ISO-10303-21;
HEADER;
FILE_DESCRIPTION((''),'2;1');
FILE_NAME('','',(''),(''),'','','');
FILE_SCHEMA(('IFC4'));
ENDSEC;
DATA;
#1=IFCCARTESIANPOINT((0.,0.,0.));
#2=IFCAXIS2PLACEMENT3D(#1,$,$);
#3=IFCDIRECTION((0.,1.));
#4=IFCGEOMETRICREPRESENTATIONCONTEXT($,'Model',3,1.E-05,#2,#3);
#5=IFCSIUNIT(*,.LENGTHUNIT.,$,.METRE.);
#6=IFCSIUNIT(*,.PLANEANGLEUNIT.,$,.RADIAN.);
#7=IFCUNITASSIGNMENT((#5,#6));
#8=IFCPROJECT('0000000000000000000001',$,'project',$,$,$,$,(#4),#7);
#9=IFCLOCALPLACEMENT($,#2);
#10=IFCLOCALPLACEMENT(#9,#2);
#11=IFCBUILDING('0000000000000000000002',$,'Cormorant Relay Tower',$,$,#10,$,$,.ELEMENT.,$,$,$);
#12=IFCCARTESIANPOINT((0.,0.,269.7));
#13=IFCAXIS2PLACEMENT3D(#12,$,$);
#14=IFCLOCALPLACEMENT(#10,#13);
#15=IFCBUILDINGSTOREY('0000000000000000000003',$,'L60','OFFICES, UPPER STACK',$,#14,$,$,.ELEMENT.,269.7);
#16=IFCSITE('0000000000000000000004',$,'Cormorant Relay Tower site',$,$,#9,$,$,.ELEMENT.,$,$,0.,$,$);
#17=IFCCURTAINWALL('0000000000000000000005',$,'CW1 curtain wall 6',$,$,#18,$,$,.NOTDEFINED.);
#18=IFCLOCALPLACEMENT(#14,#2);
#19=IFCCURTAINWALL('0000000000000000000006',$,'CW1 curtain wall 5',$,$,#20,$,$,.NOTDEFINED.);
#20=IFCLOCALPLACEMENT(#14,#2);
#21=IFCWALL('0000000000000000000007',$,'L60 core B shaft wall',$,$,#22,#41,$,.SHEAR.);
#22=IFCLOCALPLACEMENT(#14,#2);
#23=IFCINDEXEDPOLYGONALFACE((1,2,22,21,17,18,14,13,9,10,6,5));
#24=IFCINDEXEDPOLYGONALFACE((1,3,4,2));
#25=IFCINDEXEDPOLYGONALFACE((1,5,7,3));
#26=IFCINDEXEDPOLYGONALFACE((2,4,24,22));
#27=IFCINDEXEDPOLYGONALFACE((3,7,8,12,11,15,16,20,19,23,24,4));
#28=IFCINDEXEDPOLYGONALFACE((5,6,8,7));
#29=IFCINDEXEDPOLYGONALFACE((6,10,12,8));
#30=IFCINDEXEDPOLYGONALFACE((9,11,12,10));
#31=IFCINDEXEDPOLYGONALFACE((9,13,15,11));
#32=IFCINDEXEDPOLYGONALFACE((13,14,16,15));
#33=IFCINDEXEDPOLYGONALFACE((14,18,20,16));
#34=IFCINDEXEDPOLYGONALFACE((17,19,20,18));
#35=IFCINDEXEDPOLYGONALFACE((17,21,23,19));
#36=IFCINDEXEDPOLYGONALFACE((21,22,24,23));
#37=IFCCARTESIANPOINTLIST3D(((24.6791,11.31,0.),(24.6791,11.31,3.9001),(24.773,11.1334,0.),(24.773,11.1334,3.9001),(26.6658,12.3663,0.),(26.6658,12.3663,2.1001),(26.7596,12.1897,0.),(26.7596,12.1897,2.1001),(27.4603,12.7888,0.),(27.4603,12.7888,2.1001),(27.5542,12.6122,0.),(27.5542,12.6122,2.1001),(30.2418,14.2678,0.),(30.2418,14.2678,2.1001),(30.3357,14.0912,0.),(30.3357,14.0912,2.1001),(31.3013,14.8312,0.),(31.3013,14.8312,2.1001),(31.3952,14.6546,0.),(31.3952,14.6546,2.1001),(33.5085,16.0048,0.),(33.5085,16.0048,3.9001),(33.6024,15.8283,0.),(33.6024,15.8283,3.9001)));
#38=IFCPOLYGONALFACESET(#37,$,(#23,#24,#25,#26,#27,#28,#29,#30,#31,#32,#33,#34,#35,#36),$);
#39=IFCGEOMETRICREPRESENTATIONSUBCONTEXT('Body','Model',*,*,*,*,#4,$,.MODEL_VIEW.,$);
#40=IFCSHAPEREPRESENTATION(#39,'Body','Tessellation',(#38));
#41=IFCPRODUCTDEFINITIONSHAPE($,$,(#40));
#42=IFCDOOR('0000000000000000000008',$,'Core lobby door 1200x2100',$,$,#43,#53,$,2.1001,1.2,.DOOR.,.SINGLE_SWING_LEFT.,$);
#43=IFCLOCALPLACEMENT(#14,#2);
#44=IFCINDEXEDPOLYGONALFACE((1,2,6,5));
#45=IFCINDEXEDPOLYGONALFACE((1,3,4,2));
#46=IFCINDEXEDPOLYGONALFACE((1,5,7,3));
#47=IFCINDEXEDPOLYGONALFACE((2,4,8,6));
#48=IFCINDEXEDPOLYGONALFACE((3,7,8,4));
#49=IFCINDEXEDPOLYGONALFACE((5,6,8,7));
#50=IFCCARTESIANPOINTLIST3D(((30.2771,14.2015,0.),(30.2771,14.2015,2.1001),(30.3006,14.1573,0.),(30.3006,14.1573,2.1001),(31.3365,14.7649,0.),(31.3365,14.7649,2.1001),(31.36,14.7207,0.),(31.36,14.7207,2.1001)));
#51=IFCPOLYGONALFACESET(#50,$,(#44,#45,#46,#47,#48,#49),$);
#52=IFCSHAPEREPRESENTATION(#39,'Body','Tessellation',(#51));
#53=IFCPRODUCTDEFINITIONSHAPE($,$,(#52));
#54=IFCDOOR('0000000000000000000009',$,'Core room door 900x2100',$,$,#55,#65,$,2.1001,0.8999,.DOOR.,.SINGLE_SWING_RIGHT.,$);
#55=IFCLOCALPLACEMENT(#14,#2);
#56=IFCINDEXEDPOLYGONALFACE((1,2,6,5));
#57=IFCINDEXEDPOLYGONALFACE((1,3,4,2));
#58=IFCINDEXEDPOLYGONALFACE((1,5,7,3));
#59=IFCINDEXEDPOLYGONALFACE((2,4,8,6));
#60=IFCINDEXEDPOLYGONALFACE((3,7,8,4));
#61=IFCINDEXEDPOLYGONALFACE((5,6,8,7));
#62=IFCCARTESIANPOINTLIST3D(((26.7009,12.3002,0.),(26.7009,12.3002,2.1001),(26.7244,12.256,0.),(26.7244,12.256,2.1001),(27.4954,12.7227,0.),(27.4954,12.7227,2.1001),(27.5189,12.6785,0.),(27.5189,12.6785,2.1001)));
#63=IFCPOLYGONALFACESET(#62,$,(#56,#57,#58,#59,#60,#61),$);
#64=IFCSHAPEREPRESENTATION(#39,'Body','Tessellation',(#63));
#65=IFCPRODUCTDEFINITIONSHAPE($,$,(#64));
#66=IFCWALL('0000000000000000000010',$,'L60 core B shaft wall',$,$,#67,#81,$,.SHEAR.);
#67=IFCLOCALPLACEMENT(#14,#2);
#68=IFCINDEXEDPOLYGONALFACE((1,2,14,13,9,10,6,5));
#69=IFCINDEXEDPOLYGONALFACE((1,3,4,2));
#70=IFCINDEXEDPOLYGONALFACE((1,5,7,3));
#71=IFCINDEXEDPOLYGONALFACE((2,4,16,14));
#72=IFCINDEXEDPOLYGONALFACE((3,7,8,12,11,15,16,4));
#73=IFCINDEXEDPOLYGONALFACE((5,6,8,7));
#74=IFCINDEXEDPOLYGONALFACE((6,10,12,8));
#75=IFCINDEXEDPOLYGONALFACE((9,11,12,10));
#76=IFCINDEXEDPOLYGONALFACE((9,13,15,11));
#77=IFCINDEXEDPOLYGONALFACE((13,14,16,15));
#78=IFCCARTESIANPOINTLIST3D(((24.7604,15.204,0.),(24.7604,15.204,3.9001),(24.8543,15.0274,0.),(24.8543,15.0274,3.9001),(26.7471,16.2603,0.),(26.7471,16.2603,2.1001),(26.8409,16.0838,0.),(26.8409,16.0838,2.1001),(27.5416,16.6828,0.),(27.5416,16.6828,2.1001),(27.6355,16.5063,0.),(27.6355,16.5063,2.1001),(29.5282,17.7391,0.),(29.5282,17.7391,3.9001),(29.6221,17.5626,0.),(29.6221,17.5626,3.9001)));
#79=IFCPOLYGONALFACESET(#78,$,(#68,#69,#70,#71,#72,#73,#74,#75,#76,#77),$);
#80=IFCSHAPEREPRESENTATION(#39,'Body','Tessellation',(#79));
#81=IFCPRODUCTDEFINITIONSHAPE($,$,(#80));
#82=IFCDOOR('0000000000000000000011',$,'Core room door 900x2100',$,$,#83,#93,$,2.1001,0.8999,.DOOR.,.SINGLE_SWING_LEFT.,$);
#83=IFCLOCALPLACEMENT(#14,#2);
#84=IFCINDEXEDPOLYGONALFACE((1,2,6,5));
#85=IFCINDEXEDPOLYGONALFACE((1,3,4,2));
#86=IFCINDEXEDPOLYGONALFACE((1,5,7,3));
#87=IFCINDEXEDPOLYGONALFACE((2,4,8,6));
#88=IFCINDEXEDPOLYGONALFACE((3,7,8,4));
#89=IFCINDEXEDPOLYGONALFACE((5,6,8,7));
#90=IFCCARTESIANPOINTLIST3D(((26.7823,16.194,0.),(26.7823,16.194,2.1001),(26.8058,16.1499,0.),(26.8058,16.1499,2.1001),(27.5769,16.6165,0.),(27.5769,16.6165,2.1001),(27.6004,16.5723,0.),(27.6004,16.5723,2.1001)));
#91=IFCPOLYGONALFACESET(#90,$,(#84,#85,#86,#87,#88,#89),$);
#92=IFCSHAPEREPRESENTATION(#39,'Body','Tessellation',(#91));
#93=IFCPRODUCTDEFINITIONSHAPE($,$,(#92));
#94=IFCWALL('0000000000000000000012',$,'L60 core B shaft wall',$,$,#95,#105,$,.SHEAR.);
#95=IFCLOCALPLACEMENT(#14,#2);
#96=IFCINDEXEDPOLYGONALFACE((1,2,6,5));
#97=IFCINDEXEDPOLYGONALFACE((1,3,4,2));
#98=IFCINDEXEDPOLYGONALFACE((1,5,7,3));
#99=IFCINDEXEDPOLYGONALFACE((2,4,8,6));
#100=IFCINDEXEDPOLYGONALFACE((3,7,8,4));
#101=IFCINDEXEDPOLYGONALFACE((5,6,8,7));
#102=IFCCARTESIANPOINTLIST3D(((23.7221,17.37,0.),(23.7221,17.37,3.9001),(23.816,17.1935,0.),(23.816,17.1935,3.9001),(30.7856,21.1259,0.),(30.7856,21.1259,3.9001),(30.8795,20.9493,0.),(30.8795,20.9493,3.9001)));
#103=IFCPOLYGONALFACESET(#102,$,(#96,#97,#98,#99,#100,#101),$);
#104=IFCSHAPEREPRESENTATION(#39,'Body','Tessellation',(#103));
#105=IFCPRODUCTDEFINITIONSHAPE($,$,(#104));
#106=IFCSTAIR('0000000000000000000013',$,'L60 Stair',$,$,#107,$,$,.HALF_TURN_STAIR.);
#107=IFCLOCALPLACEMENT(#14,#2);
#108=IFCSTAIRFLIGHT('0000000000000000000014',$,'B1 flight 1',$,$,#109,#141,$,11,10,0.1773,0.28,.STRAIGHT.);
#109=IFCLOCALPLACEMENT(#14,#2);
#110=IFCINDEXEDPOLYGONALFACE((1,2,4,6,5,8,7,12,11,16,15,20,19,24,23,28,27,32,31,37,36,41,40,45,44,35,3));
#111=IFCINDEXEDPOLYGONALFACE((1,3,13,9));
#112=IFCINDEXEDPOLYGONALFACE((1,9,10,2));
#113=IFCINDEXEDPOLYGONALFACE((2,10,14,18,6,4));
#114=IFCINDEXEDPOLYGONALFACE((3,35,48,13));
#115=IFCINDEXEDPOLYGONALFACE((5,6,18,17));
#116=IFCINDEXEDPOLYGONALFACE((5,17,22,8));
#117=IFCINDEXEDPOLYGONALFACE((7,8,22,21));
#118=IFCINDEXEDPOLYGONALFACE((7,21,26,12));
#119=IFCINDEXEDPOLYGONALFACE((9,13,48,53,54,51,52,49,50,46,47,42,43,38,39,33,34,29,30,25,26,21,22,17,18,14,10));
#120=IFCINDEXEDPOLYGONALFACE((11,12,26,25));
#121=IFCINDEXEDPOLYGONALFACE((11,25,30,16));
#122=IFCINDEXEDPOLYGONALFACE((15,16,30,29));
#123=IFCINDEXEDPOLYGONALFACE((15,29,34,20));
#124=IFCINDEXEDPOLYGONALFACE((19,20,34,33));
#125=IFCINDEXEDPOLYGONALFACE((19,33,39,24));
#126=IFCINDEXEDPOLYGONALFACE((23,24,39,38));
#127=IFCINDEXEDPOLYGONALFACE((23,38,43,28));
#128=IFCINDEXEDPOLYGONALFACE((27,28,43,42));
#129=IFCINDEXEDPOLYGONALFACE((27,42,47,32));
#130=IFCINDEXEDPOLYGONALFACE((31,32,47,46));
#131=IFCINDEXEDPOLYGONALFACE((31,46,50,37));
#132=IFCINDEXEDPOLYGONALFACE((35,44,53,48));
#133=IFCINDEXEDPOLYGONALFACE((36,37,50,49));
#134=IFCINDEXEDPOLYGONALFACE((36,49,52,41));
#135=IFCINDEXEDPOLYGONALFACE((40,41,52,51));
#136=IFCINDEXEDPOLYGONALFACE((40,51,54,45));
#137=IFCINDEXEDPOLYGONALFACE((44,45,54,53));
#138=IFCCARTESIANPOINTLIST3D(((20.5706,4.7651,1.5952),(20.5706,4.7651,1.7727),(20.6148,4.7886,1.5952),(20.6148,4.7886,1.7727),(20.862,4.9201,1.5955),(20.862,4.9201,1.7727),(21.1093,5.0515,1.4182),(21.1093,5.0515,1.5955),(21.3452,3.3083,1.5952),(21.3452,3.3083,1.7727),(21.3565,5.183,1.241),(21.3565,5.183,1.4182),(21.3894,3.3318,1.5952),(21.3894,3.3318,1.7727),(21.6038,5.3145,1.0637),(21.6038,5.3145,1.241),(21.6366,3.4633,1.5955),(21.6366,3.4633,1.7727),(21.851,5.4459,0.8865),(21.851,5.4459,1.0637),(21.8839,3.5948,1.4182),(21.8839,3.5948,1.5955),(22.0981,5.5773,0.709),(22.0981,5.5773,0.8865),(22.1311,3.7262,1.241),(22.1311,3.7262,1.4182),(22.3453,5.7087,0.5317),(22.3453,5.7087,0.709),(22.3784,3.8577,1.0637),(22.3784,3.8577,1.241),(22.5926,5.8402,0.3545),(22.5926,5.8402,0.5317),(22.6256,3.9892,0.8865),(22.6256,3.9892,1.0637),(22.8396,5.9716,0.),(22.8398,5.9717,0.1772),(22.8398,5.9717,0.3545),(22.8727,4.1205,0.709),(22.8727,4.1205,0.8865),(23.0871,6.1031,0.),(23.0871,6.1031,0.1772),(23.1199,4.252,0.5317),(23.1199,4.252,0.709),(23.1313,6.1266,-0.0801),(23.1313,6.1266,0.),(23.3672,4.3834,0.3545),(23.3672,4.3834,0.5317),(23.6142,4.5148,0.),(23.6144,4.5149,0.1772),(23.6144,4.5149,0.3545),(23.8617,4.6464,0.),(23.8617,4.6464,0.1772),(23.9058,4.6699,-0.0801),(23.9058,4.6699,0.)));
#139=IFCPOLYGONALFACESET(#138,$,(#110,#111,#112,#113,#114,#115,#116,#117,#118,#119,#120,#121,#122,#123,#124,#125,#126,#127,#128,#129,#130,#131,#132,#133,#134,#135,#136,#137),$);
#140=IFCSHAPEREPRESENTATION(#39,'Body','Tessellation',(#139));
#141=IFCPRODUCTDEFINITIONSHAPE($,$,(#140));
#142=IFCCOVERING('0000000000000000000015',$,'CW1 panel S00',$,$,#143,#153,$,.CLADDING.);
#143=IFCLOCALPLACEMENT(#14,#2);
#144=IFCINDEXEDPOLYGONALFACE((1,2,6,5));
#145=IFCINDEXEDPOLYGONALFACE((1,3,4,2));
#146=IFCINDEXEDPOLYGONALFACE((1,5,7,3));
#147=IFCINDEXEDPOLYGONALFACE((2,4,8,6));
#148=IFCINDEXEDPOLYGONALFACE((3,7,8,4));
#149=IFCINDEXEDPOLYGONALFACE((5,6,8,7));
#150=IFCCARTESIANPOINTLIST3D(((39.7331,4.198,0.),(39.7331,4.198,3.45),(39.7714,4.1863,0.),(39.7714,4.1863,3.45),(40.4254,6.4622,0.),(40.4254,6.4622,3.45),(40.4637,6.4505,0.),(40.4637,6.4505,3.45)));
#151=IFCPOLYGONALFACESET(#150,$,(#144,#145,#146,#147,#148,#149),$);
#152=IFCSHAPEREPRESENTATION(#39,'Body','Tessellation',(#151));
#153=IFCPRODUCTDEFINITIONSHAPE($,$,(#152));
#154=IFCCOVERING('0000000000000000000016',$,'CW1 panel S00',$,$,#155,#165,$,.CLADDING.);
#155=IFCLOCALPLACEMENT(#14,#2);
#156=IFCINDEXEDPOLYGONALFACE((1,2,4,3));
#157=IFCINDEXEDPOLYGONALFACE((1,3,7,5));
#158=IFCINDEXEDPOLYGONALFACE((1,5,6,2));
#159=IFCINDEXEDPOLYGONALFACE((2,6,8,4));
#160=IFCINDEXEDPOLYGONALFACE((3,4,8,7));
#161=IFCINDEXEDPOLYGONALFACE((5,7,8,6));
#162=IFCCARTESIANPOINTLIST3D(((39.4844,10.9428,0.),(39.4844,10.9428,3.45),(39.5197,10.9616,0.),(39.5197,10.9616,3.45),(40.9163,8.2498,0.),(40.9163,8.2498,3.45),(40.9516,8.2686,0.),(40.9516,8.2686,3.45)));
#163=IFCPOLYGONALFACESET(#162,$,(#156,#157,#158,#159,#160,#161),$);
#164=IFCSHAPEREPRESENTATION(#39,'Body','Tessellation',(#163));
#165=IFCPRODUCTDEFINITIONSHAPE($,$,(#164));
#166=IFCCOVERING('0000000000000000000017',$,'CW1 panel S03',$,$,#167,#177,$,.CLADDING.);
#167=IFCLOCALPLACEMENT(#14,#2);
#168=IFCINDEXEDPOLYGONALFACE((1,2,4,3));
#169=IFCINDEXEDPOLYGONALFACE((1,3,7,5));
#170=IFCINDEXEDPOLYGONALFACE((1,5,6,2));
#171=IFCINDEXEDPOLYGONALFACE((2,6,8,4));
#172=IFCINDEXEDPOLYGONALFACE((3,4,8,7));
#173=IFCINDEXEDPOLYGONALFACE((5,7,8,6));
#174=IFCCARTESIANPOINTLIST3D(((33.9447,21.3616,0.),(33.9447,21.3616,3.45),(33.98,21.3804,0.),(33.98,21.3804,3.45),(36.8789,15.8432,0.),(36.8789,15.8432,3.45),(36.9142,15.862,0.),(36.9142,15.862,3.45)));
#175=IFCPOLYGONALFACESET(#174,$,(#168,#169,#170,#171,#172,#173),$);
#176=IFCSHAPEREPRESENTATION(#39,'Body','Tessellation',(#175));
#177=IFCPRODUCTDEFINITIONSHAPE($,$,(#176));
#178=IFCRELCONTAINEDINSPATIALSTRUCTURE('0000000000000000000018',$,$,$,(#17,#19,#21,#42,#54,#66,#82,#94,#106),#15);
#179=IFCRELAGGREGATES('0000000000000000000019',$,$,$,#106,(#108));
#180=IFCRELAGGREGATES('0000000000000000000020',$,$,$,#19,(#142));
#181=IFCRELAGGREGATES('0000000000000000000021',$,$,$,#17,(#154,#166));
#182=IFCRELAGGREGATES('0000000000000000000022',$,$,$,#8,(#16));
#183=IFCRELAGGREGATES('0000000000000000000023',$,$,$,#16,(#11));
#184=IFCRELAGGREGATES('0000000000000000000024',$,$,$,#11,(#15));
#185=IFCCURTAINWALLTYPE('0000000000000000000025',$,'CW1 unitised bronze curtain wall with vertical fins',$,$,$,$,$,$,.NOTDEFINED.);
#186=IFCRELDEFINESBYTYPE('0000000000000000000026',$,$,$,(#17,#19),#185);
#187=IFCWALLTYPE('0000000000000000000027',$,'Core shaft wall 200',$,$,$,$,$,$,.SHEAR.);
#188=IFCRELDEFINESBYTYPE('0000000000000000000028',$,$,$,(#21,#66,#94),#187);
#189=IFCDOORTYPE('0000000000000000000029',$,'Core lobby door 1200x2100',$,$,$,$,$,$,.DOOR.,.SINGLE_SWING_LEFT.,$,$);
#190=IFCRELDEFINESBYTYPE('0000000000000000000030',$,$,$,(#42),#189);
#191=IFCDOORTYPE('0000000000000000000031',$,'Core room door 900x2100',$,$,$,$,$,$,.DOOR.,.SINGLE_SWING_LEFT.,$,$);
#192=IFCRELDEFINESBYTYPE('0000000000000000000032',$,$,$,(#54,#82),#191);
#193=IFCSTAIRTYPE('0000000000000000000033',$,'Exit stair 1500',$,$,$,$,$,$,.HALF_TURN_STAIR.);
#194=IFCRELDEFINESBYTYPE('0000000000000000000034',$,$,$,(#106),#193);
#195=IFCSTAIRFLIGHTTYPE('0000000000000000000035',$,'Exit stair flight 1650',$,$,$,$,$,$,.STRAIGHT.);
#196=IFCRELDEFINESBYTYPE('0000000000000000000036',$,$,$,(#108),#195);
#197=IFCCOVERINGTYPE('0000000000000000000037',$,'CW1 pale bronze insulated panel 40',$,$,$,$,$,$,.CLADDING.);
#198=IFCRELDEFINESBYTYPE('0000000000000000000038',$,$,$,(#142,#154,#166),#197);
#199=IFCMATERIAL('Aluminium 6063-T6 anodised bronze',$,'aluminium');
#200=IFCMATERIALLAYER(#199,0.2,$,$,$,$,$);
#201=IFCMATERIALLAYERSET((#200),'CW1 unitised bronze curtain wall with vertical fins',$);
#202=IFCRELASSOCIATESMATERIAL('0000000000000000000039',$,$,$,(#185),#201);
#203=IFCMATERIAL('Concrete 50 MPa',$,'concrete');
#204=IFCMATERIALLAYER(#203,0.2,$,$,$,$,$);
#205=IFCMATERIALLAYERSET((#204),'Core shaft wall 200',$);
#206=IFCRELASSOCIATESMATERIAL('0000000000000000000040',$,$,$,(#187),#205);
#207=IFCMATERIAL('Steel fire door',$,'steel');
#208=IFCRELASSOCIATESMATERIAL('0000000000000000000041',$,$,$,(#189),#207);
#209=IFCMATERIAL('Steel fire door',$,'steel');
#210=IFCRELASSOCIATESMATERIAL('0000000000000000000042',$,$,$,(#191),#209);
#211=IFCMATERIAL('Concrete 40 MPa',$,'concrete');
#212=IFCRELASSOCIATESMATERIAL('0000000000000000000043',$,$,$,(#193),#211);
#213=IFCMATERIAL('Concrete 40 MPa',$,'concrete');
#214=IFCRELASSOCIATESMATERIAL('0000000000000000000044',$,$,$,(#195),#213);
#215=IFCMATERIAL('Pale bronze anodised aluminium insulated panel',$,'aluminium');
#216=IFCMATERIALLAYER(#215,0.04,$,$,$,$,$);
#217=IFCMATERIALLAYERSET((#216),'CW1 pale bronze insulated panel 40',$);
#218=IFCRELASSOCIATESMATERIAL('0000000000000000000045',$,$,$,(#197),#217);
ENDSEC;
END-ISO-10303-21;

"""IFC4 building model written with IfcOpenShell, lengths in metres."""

from ifc_helpers import new_model, si_unit, direction, frame, frame_2d, origin, origin_2d, place, context, subcontext, project, spatial, polyline, rectangle, outline, extrude, material, layer, layer_set, type_object, element, fill, aggregate, save


model = new_model("IFC4")

# Units and contexts
model_context = context("Model", 3, precision=1e-05, world=origin(), true_north=direction((0.0, 1.0)))
body_context = subcontext(model_context, "Body", "Model", "MODEL_VIEW")
ifc_project = project(units=[si_unit("LENGTHUNIT", "METRE"), si_unit("PLANEANGLEUNIT", "RADIAN")], contexts=[model_context])

# Site, building, storey
site_placement = place(None, origin())
site = spatial("IfcSite", under=ifc_project, at=site_placement, Name="Cormorant Relay Tower site", CompositionType="ELEMENT", RefElevation=0.0)
building_placement = place(site_placement, origin())
building = spatial("IfcBuilding", under=site, at=building_placement, Name="Cormorant Relay Tower", CompositionType="ELEMENT")
storey_placement = place(building_placement, frame((0.0, 0.0, 269.7)))
storey = spatial("IfcBuildingStorey", under=building, at=storey_placement, Name="L60", Description="OFFICES, UPPER STACK", CompositionType="ELEMENT", Elevation=269.7)

# Curtain wall
ifc_material_1 = material(Name="Aluminium 6063-T6 anodised bronze", Category="aluminium")
ifc_layer_1 = layer(ifc_material_1, 0.2)
ifc_layer_set_1 = layer_set([ifc_layer_1], Name="CW1 unitised bronze curtain wall with vertical fins")
curtain_wall_type = type_object("IfcCurtainWallType", Name="CW1 unitised bronze curtain wall with vertical fins", PredefinedType="NOTDEFINED", material=ifc_layer_set_1)
curtain_wall_1_placement = place(storey_placement, origin())
curtain_wall_1 = element("IfcCurtainWall", 1, at=curtain_wall_1_placement, inside=storey, type_object=curtain_wall_type, Name="CW1 curtain wall 6", PredefinedType="NOTDEFINED")

# Curtain wall
curtain_wall_2_placement = place(storey_placement, origin())
curtain_wall_2 = element("IfcCurtainWall", 2, at=curtain_wall_2_placement, inside=storey, type_object=curtain_wall_type, Name="CW1 curtain wall 5", PredefinedType="NOTDEFINED")

# Shared definitions
ifc_material_2 = material(Name="Concrete 50 MPa", Category="concrete")
ifc_layer_2 = layer(ifc_material_2, 0.2)
ifc_layer_set_2 = layer_set([ifc_layer_2], Name="Core shaft wall 200")
wall_type_1 = type_object("IfcWallType", Name="Core shaft wall 200", PredefinedType="SHEAR", material=ifc_layer_set_2)

# Wall, openings, doors
wall_1_placement = place(storey_placement, frame((24.7261, 11.2217, 0.0), z_axis=(0.0, 0.0, 1.0), x_axis=(0.88294, 0.469485, 0.0)))
wall_1 = element("IfcWall", 3, at=wall_1_placement, inside=storey, type_object=wall_type_1, Name="L60 core B shaft wall", PredefinedType="SHEAR", context=body_context, shape_type="SweptSolid", body=[
    extrude(rectangle(XDim=10.0, YDim=0.2, at=frame_2d((5.0, 0.0))), origin(), (0.0, 0.0, 1.0), 3.9001),
])
opening_1_placement = place(wall_1_placement, frame((6.3, 0.0, 0.0)))
opening_1 = element("IfcOpeningElement", 4, at=opening_1_placement, cuts=wall_1, PredefinedType="OPENING", context=body_context, shape_type="SweptSolid", body=[
    extrude(rectangle(XDim=1.2, YDim=2.1001, at=frame_2d((0.6001, 1.05))), frame((0.0, 0.1099, 0.0), z_axis=(0.0, -1.0, 0.0), x_axis=(1.0, 0.0, 0.0)), (0.0, 0.0, 1.0), 0.22),
])
opening_2_placement = place(wall_1_placement, frame((2.25, 0.0, 0.0)))
opening_2 = element("IfcOpeningElement", 5, at=opening_2_placement, cuts=wall_1, PredefinedType="OPENING", context=body_context, shape_type="SweptSolid", body=[
    extrude(rectangle(XDim=0.8999, YDim=2.1001, at=frame_2d((0.45, 1.05))), frame((0.0, 0.1099, 0.0), z_axis=(0.0, -1.0, 0.0), x_axis=(1.0, 0.0, 0.0)), (0.0, 0.0, 1.0), 0.22),
])
ifc_material_3 = material(Name="Steel fire door", Category="steel")
door_type_1 = type_object("IfcDoorType", Name="Core lobby door 1200x2100", OperationType="SINGLE_SWING_LEFT", PredefinedType="DOOR", material=ifc_material_3)
door_1_placement = place(opening_1_placement, origin())
door_1 = element("IfcDoor", 6, at=door_1_placement, inside=storey, type_object=door_type_1, Name="Core lobby door 1200x2100", OperationType="SINGLE_SWING_LEFT", OverallHeight=2.1001, OverallWidth=1.2, PredefinedType="DOOR", context=body_context, shape_type="SweptSolid", body=[
    extrude(rectangle(XDim=1.2, YDim=2.1001, at=frame_2d((0.6001, 1.05))), frame((0.0, 0.0249, 0.0), z_axis=(0.0, -1.0, 0.0), x_axis=(1.0, 0.0, 0.0)), (0.0, 0.0, 1.0), 0.05),
])
fill(opening_1, door_1)
ifc_material_4 = material(Name="Steel fire door", Category="steel")
door_type_2 = type_object("IfcDoorType", Name="Core room door 900x2100", OperationType="SINGLE_SWING_LEFT", PredefinedType="DOOR", material=ifc_material_4)
door_2_placement = place(opening_2_placement, frame((0.8999, 0.0, 0.0), z_axis=(0.0, 0.0, 1.0), x_axis=(-1.0, 0.0, 0.0)))
door_2 = element("IfcDoor", 7, at=door_2_placement, inside=storey, type_object=door_type_2, Name="Core room door 900x2100", OperationType="SINGLE_SWING_RIGHT", OverallHeight=2.1001, OverallWidth=0.8999, PredefinedType="DOOR", context=body_context, shape_type="SweptSolid", body=[
    extrude(rectangle(XDim=0.8999, YDim=2.1001, at=frame_2d((0.45, 1.05))), frame((0.0, 0.0249, 0.0), z_axis=(0.0, -1.0, 0.0), x_axis=(1.0, 0.0, 0.0)), (0.0, 0.0, 1.0), 0.05),
])
fill(opening_2, door_2)

# Wall, opening, door
wall_2_placement = place(storey_placement, frame((24.8074, 15.1157, 0.0), z_axis=(0.0, 0.0, 1.0), x_axis=(0.882943, 0.46948, 0.0)))
wall_2 = element("IfcWall", 8, at=wall_2_placement, inside=storey, type_object=wall_type_1, Name="L60 core B shaft wall", PredefinedType="SHEAR", context=body_context, shape_type="SweptSolid", body=[
    extrude(rectangle(XDim=5.3999, YDim=0.2, at=frame_2d((2.7, 0.0))), origin(), (0.0, 0.0, 1.0), 3.9001),
])
opening_3_placement = place(wall_2_placement, frame((2.25, 0.0, 0.0)))
opening_3 = element("IfcOpeningElement", 9, at=opening_3_placement, cuts=wall_2, PredefinedType="OPENING", context=body_context, shape_type="SweptSolid", body=[
    extrude(rectangle(XDim=0.8999, YDim=2.1001, at=frame_2d((0.45, 1.05))), frame((0.0, 0.1099, 0.0), z_axis=(0.0, -1.0, 0.0), x_axis=(1.0, 0.0, 0.0)), (0.0, 0.0, 1.0), 0.22),
])
door_3_placement = place(opening_3_placement, origin())
door_3 = element("IfcDoor", 10, at=door_3_placement, inside=storey, type_object=door_type_2, Name="Core room door 900x2100", OperationType="SINGLE_SWING_LEFT", OverallHeight=2.1001, OverallWidth=0.8999, PredefinedType="DOOR", context=body_context, shape_type="SweptSolid", body=[
    extrude(rectangle(XDim=0.8999, YDim=2.1001, at=frame_2d((0.45, 1.05))), frame((0.0, 0.0249, 0.0), z_axis=(0.0, -1.0, 0.0), x_axis=(1.0, 0.0, 0.0)), (0.0, 0.0, 1.0), 0.05),
])
fill(opening_3, door_3)

# Wall
wall_3_placement = place(storey_placement, frame((23.769, 17.2817, 0.0), z_axis=(0.0, 0.0, 1.0), x_axis=(0.88294, 0.469485, 0.0)))
element("IfcWall", 11, at=wall_3_placement, inside=storey, type_object=wall_type_1, Name="L60 core B shaft wall", PredefinedType="SHEAR", context=body_context, shape_type="SweptSolid", body=[
    extrude(rectangle(XDim=8.0, YDim=0.2, at=frame_2d((4.0, 0.0))), origin(), (0.0, 0.0, 1.0), 3.9001),
])

# Stair, stair flight
ifc_material_5 = material(Name="Concrete 40 MPa", Category="concrete")
stair_type = type_object("IfcStairType", Name="Exit stair 1500", PredefinedType="HALF_TURN_STAIR", material=ifc_material_5)
stair_placement = place(storey_placement, origin())
stair = element("IfcStair", 12, at=stair_placement, inside=storey, type_object=stair_type, Name="L60 Stair", PredefinedType="HALF_TURN_STAIR")
ifc_material_6 = material(Name="Concrete 40 MPa", Category="concrete")
stair_flight_type = type_object("IfcStairFlightType", Name="Exit stair flight 1650", PredefinedType="STRAIGHT", material=ifc_material_6)
stair_flight_placement = place(storey_placement, frame((23.4744, 5.3748, 0.0), z_axis=(0.0, 0.0, 1.0), x_axis=(-0.882948, -0.469472, 0.0)))
stair_flight = element("IfcStairFlight", 13, at=stair_flight_placement, type_object=stair_flight_type, Name="B1 flight 1", NumberOfRisers=11, NumberOfTreads=10, PredefinedType="STRAIGHT", RiserHeight=0.1773, TreadLength=0.28, context=body_context, shape_type="SweptSolid", body=[
    extrude(outline(polyline([(-0.05, -0.0801), (-0.05, 0.0), (0.0, 0.0), (0.0, 0.1772), (0.28, 0.1772), (0.28, 0.3545), (0.5601, 0.3545), (0.5601, 0.5317), (0.8401, 0.5317), (0.8401, 0.709), (1.1201, 0.709), (1.1201, 0.8865), (1.3999, 0.8865), (1.3999, 1.0637), (1.6799, 1.0637), (1.6799, 1.241), (1.96, 1.241), (1.96, 1.4182), (2.24, 1.4182), (2.24, 1.5955), (2.52, 1.5955), (2.52, 1.7727), (2.8, 1.7727), (2.8501, 1.7727), (2.8501, 1.5952), (2.8, 1.5952), (0.2803, 0.0), (-0.05, -0.0801)])), frame((0.0, 0.825, 0.0), z_axis=(0.0, -1.0, 0.0), x_axis=(1.0, 0.0, 0.0)), (0.0, 0.0, 1.0), 1.6499),
])
aggregate(stair, [stair_flight])

# Coverings
ifc_material_7 = material(Name="Pale bronze anodised aluminium insulated panel", Category="aluminium")
ifc_layer_3 = layer(ifc_material_7, 0.04)
ifc_layer_set_3 = layer_set([ifc_layer_3], Name="CW1 pale bronze insulated panel 40")
covering_type = type_object("IfcCoveringType", Name="CW1 pale bronze insulated panel 40", PredefinedType="CLADDING", material=ifc_layer_set_3)
covering_1_placement = place(storey_placement, frame((40.0984, 5.3242, 0.0), z_axis=(0.0, 0.0, 1.0), x_axis=(0.292372, 0.956305, 0.0)))
covering_1 = element("IfcCovering", 14, at=covering_1_placement, type_object=covering_type, Name="CW1 panel S00", PredefinedType="CLADDING", context=body_context, shape_type="SweptSolid", body=[
    extrude(rectangle(XDim=2.3677, YDim=0.04, at=origin_2d()), origin(), (0.0, 0.0, 1.0), 3.45),
])
aggregate(curtain_wall_2, [covering_1])
covering_2_placement = place(storey_placement, frame((40.218, 9.6057, 0.0), z_axis=(0.0, 0.0, 1.0), x_axis=(-0.469472, 0.882948, 0.0)))
covering_2 = element("IfcCovering", 15, at=covering_2_placement, type_object=covering_type, Name="CW1 panel S00", PredefinedType="CLADDING", context=body_context, shape_type="SweptSolid", body=[
    extrude(rectangle(XDim=3.05, YDim=0.04, at=origin_2d()), origin(), (0.0, 0.0, 1.0), 3.45),
])
covering_3_placement = place(storey_placement, frame((35.4294, 18.6118, 0.0), z_axis=(0.0, 0.0, 1.0), x_axis=(-0.469472, 0.882948, 0.0)))
covering_3 = element("IfcCovering", 16, at=covering_3_placement, type_object=covering_type, Name="CW1 panel S03", PredefinedType="CLADDING", context=body_context, shape_type="SweptSolid", body=[
    extrude(rectangle(XDim=6.25, YDim=0.04, at=origin_2d()), origin(), (0.0, 0.0, 1.0), 3.45),
])
aggregate(curtain_wall_1, [covering_2, covering_3])

save(model, "model.ifc")
